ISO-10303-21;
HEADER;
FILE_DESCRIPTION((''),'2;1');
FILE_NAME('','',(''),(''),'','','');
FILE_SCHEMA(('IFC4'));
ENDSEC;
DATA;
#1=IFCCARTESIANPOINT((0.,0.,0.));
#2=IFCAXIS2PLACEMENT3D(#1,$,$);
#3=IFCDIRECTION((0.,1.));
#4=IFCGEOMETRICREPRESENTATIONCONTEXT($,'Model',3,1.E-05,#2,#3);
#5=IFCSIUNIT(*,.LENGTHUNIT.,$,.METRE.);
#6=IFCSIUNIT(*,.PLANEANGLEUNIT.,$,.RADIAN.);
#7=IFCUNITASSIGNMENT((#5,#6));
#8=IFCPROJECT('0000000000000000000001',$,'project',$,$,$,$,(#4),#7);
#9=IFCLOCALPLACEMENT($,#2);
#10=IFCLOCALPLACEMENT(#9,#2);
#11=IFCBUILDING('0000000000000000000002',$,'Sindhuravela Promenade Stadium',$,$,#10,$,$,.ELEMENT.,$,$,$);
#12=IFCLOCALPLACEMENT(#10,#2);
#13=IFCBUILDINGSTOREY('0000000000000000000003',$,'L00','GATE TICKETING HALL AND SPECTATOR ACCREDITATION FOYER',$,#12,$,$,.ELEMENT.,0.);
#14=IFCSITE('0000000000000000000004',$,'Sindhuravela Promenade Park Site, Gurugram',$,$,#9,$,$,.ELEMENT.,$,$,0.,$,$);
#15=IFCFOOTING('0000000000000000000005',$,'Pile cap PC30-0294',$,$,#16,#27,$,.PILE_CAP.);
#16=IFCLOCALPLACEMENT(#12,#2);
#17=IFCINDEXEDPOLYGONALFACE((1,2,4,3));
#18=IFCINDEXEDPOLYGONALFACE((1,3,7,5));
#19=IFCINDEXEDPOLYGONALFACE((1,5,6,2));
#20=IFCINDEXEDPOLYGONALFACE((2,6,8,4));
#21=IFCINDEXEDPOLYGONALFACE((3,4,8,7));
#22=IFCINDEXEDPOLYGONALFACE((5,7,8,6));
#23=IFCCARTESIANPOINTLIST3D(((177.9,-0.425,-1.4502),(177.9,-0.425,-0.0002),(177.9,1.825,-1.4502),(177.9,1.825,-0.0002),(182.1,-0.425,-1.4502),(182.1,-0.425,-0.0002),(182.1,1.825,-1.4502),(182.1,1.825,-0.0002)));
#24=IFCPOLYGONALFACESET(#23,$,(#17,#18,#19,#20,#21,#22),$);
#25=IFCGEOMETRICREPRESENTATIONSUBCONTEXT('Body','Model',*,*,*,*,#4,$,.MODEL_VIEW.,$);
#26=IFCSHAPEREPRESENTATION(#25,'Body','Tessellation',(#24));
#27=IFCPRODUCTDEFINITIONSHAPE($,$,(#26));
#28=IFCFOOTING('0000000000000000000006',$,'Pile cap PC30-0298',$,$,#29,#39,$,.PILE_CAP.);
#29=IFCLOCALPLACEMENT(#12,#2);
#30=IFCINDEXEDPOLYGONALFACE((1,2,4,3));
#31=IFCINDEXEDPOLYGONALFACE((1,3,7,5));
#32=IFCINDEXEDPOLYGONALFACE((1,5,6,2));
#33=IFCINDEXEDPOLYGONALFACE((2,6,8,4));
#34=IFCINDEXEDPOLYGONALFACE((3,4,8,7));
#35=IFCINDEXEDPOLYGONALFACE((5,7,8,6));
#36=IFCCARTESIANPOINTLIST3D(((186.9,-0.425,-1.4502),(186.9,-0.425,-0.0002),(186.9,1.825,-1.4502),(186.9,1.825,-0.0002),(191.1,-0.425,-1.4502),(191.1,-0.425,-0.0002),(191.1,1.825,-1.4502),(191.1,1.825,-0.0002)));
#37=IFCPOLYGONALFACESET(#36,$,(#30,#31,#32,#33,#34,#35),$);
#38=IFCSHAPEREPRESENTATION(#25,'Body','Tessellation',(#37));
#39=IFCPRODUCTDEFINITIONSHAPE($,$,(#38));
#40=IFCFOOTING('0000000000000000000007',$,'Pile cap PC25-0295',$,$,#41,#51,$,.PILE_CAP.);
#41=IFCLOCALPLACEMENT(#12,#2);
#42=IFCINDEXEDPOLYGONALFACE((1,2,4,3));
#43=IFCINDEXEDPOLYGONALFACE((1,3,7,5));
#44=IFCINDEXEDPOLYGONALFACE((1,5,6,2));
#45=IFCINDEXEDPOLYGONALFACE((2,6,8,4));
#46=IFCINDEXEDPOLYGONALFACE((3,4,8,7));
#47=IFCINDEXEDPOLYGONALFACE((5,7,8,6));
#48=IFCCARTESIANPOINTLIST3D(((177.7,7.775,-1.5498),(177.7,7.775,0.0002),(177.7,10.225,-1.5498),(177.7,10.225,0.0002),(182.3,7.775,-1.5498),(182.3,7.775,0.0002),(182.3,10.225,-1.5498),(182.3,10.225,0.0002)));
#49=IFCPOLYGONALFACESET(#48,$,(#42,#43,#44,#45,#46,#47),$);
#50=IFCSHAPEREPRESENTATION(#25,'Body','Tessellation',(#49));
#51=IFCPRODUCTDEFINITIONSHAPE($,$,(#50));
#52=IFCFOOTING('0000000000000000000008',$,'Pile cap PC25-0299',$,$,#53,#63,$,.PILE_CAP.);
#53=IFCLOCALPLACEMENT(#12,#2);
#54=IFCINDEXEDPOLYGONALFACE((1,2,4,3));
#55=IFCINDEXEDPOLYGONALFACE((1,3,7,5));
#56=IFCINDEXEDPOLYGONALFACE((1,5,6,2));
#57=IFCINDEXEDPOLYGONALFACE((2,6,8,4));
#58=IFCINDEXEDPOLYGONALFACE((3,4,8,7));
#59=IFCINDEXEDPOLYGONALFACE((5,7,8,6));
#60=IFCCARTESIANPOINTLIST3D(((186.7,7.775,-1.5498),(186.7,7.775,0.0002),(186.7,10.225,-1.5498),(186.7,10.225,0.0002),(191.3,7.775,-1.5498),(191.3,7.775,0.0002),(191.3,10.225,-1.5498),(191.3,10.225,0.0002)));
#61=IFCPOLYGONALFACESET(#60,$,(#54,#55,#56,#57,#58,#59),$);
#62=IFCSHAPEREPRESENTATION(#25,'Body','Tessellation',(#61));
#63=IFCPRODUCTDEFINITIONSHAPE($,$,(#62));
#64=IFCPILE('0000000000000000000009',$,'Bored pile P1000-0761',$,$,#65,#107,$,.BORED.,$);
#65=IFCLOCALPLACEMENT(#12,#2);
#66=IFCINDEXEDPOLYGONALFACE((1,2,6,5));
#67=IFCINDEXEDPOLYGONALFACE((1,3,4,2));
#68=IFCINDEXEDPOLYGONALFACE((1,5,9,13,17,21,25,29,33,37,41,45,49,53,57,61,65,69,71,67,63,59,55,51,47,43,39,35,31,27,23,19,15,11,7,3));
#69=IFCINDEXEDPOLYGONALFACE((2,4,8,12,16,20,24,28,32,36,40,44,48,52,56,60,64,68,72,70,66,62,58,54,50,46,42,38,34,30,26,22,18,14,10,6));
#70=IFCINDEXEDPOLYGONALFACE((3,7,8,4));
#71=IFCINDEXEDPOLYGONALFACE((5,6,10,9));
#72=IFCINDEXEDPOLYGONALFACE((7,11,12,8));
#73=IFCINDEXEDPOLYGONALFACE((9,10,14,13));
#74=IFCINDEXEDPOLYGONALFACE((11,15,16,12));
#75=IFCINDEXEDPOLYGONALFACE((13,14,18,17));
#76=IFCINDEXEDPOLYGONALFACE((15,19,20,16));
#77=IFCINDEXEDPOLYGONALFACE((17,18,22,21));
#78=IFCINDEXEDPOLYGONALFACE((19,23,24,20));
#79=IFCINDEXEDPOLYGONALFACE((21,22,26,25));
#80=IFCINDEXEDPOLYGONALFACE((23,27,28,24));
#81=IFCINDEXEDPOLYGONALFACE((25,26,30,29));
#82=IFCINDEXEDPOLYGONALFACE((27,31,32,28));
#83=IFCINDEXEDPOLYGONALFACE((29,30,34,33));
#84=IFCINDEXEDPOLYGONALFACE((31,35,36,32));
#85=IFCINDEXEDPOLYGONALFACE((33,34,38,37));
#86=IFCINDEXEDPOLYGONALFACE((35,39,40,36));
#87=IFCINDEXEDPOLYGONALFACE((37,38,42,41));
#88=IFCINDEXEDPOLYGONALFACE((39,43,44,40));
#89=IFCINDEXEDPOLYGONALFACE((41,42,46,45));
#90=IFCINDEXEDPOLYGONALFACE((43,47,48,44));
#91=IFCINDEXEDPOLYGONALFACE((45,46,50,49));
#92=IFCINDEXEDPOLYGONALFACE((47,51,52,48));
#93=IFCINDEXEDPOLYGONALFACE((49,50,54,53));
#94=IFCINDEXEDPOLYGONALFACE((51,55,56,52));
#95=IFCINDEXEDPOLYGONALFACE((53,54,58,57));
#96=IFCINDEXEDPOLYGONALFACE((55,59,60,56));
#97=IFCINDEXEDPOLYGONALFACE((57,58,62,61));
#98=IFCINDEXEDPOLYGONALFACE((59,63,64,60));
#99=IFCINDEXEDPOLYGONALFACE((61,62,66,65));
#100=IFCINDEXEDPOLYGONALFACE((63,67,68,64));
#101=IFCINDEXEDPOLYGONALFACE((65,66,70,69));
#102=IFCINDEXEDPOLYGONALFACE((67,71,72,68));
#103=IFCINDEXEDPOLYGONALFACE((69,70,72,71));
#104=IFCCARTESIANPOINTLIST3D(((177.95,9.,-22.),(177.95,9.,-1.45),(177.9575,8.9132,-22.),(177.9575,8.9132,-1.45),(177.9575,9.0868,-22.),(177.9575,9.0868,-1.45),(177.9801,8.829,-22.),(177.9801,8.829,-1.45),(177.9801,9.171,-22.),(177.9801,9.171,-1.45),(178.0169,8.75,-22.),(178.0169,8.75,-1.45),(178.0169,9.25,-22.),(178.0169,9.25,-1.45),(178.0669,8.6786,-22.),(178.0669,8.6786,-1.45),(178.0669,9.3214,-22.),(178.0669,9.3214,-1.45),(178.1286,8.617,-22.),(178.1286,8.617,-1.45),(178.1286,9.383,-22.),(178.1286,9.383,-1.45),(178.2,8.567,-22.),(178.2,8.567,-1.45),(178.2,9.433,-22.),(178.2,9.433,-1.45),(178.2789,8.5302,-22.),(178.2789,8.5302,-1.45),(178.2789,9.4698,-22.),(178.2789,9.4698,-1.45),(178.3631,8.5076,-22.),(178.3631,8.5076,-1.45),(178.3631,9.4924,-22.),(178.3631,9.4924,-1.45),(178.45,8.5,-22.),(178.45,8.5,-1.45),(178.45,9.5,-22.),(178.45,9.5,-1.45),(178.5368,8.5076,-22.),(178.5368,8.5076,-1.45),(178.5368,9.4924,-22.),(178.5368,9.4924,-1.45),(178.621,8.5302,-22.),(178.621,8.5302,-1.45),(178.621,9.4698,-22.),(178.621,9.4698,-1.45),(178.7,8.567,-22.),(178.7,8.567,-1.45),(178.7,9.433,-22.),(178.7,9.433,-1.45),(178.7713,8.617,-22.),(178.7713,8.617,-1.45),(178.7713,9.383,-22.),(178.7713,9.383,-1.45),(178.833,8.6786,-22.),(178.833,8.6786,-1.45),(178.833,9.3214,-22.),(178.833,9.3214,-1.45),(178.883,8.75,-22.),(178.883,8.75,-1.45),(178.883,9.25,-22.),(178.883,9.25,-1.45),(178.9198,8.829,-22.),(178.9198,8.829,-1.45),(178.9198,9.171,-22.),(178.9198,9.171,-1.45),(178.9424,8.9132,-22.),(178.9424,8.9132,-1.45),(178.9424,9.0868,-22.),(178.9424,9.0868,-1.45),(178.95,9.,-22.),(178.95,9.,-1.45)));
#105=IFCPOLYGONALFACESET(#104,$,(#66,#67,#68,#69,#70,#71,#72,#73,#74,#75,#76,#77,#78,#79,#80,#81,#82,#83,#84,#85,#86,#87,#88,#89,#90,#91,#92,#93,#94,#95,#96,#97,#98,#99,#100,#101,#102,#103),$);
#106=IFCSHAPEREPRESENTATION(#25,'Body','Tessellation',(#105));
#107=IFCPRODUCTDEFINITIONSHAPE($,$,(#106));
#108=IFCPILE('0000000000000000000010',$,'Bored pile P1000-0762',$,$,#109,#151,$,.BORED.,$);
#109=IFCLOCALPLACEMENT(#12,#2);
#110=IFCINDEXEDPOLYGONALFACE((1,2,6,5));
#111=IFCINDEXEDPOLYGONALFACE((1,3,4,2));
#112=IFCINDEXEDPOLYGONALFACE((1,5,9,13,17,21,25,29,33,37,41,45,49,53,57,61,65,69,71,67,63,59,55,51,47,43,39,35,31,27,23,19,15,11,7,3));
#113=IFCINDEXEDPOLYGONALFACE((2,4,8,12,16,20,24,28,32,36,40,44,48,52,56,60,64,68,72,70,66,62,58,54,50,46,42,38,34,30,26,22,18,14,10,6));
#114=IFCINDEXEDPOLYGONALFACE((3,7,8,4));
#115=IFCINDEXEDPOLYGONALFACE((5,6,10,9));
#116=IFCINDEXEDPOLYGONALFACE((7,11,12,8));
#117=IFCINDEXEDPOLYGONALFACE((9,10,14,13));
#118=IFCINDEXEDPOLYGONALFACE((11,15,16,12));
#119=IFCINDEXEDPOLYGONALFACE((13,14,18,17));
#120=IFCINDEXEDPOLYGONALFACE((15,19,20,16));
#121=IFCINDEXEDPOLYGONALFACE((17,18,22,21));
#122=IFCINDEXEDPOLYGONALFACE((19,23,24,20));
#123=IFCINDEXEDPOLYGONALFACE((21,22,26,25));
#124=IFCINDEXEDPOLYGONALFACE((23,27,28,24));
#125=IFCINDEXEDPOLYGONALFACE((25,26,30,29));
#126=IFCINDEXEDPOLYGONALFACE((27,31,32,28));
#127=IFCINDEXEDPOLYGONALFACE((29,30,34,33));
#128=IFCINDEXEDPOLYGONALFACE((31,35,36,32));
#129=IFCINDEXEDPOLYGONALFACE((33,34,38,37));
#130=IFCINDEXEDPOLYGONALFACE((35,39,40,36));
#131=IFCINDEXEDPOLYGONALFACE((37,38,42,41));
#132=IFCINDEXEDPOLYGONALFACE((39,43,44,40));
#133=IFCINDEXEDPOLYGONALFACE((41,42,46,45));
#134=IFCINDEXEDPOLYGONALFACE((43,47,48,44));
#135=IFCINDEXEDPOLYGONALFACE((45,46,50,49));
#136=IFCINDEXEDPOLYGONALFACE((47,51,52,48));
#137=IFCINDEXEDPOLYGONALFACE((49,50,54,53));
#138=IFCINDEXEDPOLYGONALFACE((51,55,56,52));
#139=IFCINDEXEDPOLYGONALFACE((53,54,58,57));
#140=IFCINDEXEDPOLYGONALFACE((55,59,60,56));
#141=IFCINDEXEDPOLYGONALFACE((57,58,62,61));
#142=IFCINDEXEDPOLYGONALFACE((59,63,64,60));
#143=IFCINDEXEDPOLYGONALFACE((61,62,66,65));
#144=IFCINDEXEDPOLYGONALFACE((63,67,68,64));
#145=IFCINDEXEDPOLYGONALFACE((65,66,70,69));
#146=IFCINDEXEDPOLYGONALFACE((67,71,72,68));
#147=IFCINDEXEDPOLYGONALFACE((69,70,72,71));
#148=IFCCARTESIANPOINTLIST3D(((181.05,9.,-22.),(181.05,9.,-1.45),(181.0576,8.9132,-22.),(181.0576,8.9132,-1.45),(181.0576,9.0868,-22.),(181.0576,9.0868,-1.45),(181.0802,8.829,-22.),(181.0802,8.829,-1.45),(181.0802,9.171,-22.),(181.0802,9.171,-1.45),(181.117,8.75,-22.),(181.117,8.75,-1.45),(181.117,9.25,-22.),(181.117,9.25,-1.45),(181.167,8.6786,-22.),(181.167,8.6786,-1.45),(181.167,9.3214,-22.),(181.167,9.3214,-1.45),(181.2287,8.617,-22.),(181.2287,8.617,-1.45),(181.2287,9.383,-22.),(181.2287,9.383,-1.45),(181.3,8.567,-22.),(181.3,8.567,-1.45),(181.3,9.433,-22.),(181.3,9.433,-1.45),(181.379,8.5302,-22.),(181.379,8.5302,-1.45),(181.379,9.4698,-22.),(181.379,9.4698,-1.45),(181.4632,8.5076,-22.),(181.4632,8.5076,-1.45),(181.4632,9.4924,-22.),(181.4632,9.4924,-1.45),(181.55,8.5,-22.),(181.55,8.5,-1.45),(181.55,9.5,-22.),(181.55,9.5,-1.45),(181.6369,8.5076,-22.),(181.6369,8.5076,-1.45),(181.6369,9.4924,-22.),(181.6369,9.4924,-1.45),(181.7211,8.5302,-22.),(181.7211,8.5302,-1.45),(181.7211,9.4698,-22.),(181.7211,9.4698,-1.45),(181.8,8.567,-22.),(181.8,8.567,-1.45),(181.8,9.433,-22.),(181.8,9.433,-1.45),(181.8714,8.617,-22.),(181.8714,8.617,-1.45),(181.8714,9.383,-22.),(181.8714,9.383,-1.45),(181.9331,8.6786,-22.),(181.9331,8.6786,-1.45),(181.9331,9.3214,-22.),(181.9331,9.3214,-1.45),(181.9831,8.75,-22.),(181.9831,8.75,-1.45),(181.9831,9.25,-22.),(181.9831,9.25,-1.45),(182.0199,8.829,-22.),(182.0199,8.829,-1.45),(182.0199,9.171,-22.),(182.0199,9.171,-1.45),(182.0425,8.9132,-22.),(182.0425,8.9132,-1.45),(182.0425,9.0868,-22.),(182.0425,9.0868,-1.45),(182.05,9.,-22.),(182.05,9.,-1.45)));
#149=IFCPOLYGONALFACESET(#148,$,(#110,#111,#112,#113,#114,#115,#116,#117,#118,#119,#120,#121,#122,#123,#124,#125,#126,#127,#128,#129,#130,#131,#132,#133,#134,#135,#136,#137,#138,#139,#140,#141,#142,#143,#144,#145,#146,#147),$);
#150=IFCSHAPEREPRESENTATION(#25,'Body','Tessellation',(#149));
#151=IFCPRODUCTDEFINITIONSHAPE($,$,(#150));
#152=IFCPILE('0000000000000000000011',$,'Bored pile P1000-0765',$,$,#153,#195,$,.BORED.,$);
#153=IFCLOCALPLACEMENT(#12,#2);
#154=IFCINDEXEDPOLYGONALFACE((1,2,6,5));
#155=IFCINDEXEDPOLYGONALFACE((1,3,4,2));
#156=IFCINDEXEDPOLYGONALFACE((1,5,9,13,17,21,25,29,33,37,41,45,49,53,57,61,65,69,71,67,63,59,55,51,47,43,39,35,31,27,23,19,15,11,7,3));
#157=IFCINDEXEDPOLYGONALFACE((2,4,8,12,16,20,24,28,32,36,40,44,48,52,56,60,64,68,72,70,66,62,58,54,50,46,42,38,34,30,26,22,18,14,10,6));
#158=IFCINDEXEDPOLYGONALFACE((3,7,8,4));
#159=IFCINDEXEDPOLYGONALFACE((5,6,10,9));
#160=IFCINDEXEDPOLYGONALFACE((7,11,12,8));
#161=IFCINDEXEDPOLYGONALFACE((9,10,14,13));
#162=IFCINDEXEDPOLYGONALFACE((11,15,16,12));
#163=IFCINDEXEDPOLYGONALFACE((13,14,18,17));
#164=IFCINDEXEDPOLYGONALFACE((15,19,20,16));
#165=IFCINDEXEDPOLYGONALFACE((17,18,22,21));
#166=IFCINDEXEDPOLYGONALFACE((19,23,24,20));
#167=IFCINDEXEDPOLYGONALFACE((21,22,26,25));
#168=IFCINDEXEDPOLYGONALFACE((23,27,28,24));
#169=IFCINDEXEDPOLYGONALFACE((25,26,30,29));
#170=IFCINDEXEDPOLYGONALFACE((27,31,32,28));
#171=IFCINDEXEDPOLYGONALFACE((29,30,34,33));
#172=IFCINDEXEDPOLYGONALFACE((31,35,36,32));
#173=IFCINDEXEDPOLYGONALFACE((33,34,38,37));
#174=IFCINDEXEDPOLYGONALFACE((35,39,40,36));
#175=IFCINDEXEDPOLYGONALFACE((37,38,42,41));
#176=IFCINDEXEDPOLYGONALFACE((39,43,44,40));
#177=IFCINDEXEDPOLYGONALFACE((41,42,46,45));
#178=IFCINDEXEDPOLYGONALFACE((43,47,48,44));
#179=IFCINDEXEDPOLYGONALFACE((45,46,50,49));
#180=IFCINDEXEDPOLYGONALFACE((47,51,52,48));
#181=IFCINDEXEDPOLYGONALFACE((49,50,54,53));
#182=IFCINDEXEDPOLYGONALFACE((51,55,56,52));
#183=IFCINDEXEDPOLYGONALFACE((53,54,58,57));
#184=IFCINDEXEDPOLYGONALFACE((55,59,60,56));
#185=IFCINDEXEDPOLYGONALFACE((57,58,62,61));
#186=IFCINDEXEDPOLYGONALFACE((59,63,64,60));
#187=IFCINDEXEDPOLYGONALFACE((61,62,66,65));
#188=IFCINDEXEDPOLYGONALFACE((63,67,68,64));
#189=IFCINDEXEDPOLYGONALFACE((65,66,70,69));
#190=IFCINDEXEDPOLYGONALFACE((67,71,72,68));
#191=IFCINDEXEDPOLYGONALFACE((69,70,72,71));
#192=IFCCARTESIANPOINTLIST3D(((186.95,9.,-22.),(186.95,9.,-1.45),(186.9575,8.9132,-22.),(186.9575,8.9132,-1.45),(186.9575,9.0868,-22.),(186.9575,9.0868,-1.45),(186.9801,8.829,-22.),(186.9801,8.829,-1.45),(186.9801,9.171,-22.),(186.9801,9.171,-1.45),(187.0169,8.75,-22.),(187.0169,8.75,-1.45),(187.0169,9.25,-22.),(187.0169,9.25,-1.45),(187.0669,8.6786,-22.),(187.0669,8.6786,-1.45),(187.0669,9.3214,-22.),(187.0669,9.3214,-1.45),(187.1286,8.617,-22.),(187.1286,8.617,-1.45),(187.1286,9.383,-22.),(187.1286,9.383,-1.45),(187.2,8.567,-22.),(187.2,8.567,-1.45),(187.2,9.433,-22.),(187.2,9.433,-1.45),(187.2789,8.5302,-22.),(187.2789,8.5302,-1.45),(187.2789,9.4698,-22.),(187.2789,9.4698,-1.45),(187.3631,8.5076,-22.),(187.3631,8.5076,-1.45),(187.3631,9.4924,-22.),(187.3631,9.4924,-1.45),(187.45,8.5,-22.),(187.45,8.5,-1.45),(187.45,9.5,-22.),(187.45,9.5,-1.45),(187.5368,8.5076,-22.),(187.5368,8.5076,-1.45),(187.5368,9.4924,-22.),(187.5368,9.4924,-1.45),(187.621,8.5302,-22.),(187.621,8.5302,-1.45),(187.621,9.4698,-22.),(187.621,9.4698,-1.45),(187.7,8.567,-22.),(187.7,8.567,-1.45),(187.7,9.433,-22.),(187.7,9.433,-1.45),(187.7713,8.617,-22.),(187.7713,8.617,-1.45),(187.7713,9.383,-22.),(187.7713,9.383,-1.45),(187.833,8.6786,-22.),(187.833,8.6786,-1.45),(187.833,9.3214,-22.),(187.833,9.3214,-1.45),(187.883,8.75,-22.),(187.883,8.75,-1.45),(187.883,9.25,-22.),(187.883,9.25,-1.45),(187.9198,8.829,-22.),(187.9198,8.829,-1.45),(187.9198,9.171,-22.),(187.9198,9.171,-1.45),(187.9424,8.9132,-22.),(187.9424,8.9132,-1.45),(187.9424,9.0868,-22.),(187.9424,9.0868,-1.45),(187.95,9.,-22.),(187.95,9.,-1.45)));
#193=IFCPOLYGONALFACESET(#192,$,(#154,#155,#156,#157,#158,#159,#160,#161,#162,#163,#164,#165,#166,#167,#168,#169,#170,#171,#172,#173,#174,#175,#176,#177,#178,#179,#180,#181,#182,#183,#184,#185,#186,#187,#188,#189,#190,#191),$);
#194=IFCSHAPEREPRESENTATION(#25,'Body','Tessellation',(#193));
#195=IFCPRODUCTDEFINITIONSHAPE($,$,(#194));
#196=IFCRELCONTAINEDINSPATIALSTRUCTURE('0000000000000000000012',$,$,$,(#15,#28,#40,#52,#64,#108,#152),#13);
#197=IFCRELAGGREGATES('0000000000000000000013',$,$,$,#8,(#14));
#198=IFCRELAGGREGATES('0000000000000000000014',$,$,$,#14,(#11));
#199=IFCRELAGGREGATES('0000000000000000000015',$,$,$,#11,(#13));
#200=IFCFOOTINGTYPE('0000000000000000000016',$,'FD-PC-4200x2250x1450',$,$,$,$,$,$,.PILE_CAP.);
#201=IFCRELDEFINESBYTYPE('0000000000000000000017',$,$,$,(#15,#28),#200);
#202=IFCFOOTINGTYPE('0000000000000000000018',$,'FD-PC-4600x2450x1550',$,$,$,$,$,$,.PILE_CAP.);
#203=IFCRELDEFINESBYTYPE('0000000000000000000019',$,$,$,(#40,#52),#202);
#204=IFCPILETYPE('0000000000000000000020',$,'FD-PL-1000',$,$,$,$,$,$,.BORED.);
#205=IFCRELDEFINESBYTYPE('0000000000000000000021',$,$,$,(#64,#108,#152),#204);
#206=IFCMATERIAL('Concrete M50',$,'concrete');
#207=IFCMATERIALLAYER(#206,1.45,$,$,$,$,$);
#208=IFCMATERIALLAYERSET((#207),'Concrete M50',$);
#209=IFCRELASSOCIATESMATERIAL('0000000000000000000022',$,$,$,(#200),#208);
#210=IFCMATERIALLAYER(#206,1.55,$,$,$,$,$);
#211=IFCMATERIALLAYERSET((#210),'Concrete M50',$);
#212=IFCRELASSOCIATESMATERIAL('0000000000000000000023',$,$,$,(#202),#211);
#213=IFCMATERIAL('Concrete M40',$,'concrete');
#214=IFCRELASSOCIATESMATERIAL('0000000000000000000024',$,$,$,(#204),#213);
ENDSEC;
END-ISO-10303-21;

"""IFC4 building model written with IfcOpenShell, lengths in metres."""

from ifc_helpers import new_model, si_unit, direction, frame, origin, origin_2d, place, context, subcontext, project, spatial, rectangle, circle, extrude, material, layer, layer_set, material_profile, profile_set, type_object, element, save


model = new_model("IFC4")

# Units and contexts
model_context = context("Model", 3, precision=1e-05, world=origin(), true_north=direction((0.0, 1.0)))
body_context = subcontext(model_context, "Body", "Model", "MODEL_VIEW")
ifc_project = project(units=[si_unit("LENGTHUNIT", "METRE"), si_unit("PLANEANGLEUNIT", "RADIAN")], contexts=[model_context])

# Site, building, storey
site_placement = place(None, origin())
site = spatial("IfcSite", under=ifc_project, at=site_placement, Name="Sindhuravela Promenade Park Site, Gurugram", CompositionType="ELEMENT", RefElevation=0.0)
building_placement = place(site_placement, origin())
building = spatial("IfcBuilding", under=site, at=building_placement, Name="Sindhuravela Promenade Stadium", CompositionType="ELEMENT")
storey_placement = place(building_placement, origin())
storey = spatial("IfcBuildingStorey", under=building, at=storey_placement, Name="L00", Description="GATE TICKETING HALL AND SPECTATOR ACCREDITATION FOYER", CompositionType="ELEMENT", Elevation=0.0)

# Footings
ifc_material_1 = material(Name="Concrete M50", Category="concrete")
ifc_layer_1 = layer(ifc_material_1, 1.45)
ifc_layer_set_1 = layer_set([ifc_layer_1], Name="Concrete M50")
footing_type_1 = type_object("IfcFootingType", Name="FD-PC-4200x2250x1450", PredefinedType="PILE_CAP", material=ifc_layer_set_1)
for number, where, z_axis, x_axis, name in (
    (1, (180.0, 0.7, -1.4502), (0.0, 0.0, 1.0), (1.0, 0.0, 0.0), "Pile cap PC30-0294"),
    (2, (189.0, 0.7, -1.4502), (0.0, 0.0, 1.0), (1.0, 0.0, 0.0), "Pile cap PC30-0298"),
):
    element("IfcFooting", number, at=place(storey_placement, frame(where, z_axis=z_axis, x_axis=x_axis)), inside=storey, type_object=footing_type_1, Name=name, PredefinedType="PILE_CAP", context=body_context, shape_type="SweptSolid", body=[
        extrude(rectangle(XDim=4.2, YDim=2.25, at=origin_2d()), origin(), (0.0, 0.0, 1.0), 1.45),
    ])
ifc_layer_2 = layer(ifc_material_1, 1.55)
ifc_layer_set_2 = layer_set([ifc_layer_2], Name="Concrete M50")
footing_type_2 = type_object("IfcFootingType", Name="FD-PC-4600x2450x1550", PredefinedType="PILE_CAP", material=ifc_layer_set_2)
for number, where, z_axis, x_axis, name in (
    (3, (180.0, 9.0, -1.5498), (0.0, 0.0, 1.0), (1.0, 0.0, 0.0), "Pile cap PC25-0295"),
    (4, (189.0, 9.0, -1.5498), (0.0, 0.0, 1.0), (1.0, 0.0, 0.0), "Pile cap PC25-0299"),
):
    element("IfcFooting", number, at=place(storey_placement, frame(where, z_axis=z_axis, x_axis=x_axis)), inside=storey, type_object=footing_type_2, Name=name, PredefinedType="PILE_CAP", context=body_context, shape_type="SweptSolid", body=[
        extrude(rectangle(XDim=4.6001, YDim=2.45, at=origin_2d()), origin(), (0.0, 0.0, 1.0), 1.55),
    ])

# Piles
ifc_material_2 = material(Name="Concrete M40", Category="concrete")
ifc_material_profile_1 = material_profile(ifc_material_2, circle(Radius=0.5, at=origin_2d()), Name="BORED PILE D1000")
ifc_profile_set_1 = profile_set([ifc_material_profile_1], Name="Concrete M40")
pile_type_1 = type_object("IfcPileType", Name="FD-PL-1000", PredefinedType="BORED", material=ifc_profile_set_1)
for number, where, z_axis, x_axis, name in (
    (5, (178.45, 9.0, -1.45), (0.0, 0.0, -1.0), (1.0, 0.0, 0.0), "Bored pile P1000-0761"),
    (6, (181.55, 9.0, -1.45), (0.0, 0.0, -1.0), (1.0, 0.0, 0.0), "Bored pile P1000-0762"),
    (7, (187.45, 9.0, -1.45), (0.0, 0.0, -1.0), (1.0, 0.0, 0.0), "Bored pile P1000-0765"),
):
    element("IfcPile", number, at=place(storey_placement, frame(where, z_axis=z_axis, x_axis=x_axis)), inside=storey, type_object=pile_type_1, Name=name, PredefinedType="BORED", context=body_context, shape_type="SweptSolid", body=[
        extrude(circle(Radius=0.5, at=origin_2d()), origin(), (0.0, 0.0, 1.0), 20.55),
    ])

save(model, "model.ifc")
